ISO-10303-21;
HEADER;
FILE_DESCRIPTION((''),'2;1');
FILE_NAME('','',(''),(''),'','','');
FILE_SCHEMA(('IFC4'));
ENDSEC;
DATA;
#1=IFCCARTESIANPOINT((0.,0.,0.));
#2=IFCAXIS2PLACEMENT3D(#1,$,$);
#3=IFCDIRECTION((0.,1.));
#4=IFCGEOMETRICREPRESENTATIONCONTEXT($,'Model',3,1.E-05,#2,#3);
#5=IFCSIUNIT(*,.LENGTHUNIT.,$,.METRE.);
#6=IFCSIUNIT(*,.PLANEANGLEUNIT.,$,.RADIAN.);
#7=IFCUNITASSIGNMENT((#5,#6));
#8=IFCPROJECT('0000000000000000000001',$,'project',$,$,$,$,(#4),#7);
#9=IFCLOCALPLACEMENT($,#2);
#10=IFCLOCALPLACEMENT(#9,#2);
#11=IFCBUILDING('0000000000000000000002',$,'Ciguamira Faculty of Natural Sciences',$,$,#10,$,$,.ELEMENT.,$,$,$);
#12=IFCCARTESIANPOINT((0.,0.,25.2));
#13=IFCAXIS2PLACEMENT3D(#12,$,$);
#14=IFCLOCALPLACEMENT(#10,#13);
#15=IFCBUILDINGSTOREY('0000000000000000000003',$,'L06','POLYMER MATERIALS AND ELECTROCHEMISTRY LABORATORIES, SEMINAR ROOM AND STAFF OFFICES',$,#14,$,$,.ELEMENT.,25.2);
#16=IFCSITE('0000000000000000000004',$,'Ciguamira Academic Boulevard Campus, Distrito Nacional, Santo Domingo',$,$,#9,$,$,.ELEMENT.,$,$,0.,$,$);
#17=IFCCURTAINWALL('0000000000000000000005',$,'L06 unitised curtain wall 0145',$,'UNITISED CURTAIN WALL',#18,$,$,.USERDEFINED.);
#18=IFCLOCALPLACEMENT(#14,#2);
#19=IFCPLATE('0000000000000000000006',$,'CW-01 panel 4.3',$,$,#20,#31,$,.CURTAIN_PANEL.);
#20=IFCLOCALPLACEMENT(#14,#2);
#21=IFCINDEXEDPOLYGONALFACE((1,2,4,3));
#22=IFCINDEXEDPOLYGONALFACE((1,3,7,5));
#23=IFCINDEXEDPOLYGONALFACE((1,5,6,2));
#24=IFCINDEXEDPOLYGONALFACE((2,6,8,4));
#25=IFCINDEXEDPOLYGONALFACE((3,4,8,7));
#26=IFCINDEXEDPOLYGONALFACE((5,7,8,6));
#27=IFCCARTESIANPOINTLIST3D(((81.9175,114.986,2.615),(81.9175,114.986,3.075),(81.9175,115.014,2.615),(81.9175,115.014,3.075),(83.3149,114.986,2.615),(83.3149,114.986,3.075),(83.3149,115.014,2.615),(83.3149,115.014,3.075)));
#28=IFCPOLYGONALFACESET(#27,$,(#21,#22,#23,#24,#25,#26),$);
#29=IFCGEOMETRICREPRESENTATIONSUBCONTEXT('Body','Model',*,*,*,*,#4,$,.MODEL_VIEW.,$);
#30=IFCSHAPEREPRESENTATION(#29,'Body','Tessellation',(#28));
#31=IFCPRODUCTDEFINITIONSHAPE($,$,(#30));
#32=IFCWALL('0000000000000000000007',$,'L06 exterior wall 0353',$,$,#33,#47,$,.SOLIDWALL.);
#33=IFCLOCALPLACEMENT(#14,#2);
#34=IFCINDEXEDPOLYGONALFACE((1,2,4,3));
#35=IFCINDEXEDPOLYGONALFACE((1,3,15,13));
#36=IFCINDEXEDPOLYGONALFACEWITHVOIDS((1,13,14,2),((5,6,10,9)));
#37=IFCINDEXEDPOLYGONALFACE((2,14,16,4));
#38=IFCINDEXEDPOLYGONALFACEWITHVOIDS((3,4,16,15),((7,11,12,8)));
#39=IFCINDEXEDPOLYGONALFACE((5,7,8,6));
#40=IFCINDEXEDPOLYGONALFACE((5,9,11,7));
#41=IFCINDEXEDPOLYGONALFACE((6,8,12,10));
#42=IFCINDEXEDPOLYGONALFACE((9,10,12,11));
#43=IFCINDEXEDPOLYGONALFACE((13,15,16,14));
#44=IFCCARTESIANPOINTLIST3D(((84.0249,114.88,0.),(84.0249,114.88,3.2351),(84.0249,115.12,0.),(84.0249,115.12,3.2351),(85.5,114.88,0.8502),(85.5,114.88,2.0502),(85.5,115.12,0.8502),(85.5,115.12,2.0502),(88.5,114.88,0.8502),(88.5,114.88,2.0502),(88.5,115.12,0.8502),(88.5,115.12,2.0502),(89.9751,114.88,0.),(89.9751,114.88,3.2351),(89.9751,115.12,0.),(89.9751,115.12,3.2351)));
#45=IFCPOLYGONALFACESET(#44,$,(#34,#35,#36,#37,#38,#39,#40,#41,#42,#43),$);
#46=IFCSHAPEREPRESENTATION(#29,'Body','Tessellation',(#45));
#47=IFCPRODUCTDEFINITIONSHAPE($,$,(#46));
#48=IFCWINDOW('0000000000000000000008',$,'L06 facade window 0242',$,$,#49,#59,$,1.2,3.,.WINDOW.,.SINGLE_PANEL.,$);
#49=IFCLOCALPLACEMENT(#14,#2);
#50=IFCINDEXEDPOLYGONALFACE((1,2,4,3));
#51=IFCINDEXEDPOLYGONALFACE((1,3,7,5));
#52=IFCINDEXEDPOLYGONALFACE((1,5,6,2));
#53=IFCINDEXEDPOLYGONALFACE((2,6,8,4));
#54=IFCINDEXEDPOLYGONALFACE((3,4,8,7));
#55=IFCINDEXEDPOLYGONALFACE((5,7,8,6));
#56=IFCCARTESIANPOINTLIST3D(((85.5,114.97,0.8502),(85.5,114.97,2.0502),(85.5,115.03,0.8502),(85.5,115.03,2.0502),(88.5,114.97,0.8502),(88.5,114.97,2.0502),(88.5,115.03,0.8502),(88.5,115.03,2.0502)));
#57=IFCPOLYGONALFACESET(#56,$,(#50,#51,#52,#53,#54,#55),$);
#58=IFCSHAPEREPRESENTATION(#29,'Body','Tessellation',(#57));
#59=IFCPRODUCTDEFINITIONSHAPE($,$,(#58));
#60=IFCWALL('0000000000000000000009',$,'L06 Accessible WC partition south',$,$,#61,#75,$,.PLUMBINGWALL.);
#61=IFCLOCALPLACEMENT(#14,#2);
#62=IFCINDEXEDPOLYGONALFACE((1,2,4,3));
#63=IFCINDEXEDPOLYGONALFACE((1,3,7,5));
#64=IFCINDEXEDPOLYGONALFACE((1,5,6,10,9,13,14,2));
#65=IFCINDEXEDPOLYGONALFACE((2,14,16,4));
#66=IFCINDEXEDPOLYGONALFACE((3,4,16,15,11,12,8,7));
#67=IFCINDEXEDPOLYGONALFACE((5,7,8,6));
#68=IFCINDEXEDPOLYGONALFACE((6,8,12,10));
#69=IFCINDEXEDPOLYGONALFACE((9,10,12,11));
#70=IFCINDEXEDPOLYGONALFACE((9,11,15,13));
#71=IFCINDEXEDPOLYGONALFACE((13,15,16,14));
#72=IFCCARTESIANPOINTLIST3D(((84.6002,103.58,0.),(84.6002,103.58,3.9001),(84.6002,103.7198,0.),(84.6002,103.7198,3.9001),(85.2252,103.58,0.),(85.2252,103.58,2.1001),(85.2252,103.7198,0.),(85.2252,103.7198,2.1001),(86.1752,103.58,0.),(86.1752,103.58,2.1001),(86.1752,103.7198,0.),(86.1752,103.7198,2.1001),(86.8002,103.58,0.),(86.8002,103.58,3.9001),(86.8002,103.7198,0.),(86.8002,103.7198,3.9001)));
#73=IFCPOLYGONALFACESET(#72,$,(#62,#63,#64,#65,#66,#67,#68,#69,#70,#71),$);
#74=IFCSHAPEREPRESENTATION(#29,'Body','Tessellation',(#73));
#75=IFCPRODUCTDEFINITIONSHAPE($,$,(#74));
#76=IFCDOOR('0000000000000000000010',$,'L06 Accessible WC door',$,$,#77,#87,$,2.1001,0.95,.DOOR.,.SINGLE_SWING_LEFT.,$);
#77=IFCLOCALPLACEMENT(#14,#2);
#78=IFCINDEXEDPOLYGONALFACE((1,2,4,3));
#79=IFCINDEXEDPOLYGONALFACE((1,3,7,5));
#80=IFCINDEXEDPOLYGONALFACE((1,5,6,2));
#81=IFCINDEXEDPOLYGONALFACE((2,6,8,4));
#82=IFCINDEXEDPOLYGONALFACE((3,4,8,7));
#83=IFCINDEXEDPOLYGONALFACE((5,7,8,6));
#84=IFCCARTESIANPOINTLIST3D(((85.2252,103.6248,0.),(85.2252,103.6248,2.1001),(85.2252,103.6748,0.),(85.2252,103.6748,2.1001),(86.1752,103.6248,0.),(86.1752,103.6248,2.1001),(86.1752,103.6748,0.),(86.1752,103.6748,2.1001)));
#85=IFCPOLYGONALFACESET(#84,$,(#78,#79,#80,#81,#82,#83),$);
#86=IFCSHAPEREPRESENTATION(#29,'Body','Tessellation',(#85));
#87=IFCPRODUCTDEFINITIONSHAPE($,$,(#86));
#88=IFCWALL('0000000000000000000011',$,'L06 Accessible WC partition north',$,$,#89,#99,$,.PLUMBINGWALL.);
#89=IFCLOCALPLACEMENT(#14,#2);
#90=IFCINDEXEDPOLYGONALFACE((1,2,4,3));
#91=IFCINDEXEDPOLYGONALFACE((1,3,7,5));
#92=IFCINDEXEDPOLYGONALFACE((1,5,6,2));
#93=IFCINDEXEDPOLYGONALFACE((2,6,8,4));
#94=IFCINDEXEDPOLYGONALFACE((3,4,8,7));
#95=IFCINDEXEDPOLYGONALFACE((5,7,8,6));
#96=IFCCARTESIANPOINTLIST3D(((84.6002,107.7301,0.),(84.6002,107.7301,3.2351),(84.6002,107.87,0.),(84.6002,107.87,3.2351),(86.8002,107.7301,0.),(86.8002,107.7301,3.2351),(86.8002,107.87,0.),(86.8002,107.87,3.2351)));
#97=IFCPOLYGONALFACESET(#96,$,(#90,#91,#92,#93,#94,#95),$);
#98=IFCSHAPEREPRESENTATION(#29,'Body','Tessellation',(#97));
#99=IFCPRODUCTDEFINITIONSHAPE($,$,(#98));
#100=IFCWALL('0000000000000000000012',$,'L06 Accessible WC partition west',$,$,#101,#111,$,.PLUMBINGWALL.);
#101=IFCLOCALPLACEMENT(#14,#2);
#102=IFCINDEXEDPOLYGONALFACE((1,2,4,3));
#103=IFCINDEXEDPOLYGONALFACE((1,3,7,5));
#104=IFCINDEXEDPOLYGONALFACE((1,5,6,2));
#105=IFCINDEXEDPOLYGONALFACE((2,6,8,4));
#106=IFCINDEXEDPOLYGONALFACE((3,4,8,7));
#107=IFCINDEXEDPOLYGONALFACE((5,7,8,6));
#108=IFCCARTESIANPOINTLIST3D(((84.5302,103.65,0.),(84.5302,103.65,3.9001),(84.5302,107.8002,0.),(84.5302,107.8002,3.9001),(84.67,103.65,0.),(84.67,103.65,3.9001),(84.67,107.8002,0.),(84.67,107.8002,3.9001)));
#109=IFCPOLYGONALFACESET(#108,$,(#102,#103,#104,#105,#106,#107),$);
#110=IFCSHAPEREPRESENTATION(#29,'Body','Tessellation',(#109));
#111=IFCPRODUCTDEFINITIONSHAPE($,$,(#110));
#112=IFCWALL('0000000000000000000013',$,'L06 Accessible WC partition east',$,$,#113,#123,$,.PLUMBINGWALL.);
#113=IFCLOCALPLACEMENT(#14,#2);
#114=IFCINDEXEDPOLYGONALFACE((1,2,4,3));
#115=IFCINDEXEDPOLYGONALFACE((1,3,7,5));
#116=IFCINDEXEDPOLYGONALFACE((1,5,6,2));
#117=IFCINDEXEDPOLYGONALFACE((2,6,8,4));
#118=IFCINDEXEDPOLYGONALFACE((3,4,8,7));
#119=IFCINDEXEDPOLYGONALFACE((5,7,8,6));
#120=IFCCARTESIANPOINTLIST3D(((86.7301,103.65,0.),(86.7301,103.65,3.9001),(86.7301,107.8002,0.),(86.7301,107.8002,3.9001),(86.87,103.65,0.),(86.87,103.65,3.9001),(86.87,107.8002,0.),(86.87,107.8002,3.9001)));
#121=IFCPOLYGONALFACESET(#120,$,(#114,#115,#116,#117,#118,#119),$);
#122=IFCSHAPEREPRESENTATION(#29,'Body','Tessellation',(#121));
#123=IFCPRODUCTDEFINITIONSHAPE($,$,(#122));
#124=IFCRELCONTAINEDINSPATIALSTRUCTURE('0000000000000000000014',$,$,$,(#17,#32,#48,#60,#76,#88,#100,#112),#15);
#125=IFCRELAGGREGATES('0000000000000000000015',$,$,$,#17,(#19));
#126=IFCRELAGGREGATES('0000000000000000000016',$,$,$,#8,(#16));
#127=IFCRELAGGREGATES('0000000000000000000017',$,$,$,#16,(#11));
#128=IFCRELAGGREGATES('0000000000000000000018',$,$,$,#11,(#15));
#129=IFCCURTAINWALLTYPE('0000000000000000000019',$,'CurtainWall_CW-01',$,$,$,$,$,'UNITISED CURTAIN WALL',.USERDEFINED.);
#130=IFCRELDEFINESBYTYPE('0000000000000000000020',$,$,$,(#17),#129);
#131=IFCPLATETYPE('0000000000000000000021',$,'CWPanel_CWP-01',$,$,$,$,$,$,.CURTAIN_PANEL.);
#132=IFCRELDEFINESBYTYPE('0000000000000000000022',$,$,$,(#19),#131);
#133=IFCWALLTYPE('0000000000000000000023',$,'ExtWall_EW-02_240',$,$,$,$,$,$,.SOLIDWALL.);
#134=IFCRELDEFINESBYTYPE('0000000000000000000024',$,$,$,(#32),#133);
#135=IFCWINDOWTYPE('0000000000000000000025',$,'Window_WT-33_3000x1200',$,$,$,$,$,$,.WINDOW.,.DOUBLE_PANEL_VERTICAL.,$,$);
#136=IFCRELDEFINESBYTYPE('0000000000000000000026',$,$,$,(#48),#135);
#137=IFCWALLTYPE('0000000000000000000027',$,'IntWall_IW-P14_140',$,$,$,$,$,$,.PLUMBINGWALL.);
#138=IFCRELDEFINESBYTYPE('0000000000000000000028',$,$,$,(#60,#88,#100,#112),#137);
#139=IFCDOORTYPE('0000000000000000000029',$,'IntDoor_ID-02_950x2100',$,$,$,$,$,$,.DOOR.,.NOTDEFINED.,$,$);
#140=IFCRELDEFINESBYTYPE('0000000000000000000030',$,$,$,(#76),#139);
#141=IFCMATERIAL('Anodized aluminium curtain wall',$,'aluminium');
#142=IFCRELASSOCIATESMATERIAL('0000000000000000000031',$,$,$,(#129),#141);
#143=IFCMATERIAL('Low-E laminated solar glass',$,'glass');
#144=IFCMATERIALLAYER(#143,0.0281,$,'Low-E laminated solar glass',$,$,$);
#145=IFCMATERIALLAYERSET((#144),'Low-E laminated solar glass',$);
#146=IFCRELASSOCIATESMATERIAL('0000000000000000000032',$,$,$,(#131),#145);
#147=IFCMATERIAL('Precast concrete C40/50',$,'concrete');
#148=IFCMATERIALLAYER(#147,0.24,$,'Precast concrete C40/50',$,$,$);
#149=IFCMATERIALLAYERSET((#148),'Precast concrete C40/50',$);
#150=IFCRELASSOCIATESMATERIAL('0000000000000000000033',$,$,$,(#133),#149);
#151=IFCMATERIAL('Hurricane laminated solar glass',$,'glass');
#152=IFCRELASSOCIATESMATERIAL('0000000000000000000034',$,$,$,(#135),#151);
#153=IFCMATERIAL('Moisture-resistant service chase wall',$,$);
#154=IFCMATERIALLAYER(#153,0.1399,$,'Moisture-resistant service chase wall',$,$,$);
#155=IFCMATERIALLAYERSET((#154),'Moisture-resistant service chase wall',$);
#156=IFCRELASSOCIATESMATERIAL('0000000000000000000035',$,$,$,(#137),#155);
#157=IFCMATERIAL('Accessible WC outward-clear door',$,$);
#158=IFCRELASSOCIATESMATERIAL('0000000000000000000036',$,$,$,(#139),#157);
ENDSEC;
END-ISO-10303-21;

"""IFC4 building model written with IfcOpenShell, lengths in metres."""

from ifc_helpers import new_model, si_unit, direction, frame, frame_2d, origin, origin_2d, place, context, subcontext, project, spatial, rectangle, extrude, material, layer, layer_set, type_object, element, fill, aggregate, save


model = new_model("IFC4")

# Units and contexts
model_context = context("Model", 3, precision=1e-05, world=origin(), true_north=direction((0.0, 1.0)))
body_context = subcontext(model_context, "Body", "Model", "MODEL_VIEW")
ifc_project = project(units=[si_unit("LENGTHUNIT", "METRE"), si_unit("PLANEANGLEUNIT", "RADIAN")], contexts=[model_context])

# Site, building, storey
site_placement = place(None, origin())
site = spatial("IfcSite", under=ifc_project, at=site_placement, Name="Ciguamira Academic Boulevard Campus, Distrito Nacional, Santo Domingo", CompositionType="ELEMENT", RefElevation=0.0)
building_placement = place(site_placement, origin())
building = spatial("IfcBuilding", under=site, at=building_placement, Name="Ciguamira Faculty of Natural Sciences", CompositionType="ELEMENT")
storey_placement = place(building_placement, frame((0.0, 0.0, 25.2)))
storey = spatial("IfcBuildingStorey", under=building, at=storey_placement, Name="L06", Description="POLYMER MATERIALS AND ELECTROCHEMISTRY LABORATORIES, SEMINAR ROOM AND STAFF OFFICES", CompositionType="ELEMENT", Elevation=25.2)

# Curtain wall
ifc_material_1 = material(Name="Anodized aluminium curtain wall", Category="aluminium")
curtain_wall_type = type_object("IfcCurtainWallType", Name="CurtainWall_CW-01", ElementType="UNITISED CURTAIN WALL", PredefinedType="USERDEFINED", material=ifc_material_1)
curtain_wall_placement = place(storey_placement, origin())
curtain_wall = element("IfcCurtainWall", 1, at=curtain_wall_placement, inside=storey, type_object=curtain_wall_type, Name="L06 unitised curtain wall 0145", ObjectType="UNITISED CURTAIN WALL", PredefinedType="USERDEFINED")

# Plate
ifc_material_2 = material(Name="Low-E laminated solar glass", Category="glass")
ifc_layer_1 = layer(ifc_material_2, 0.0281, Name="Low-E laminated solar glass")
ifc_layer_set_1 = layer_set([ifc_layer_1], Name="Low-E laminated solar glass")
plate_type = type_object("IfcPlateType", Name="CWPanel_CWP-01", PredefinedType="CURTAIN_PANEL", material=ifc_layer_set_1)
plate_1_placement = place(storey_placement, frame((82.6162, 115.0, 2.615), z_axis=(0.0, 0.0, 1.0), x_axis=(1.0, 0.0, 0.0)))
plate_1 = element("IfcPlate", 2, at=plate_1_placement, type_object=plate_type, Name="CW-01 panel 4.3", PredefinedType="CURTAIN_PANEL", context=body_context, shape_type="SweptSolid", body=[
    extrude(rectangle(XDim=1.3975, YDim=0.0281, at=origin_2d()), origin(), (0.0, 0.0, 1.0), 0.46),
])
aggregate(curtain_wall, [plate_1])

# Wall, opening, window
ifc_material_3 = material(Name="Precast concrete C40/50", Category="concrete")
ifc_layer_2 = layer(ifc_material_3, 0.24, Name="Precast concrete C40/50")
ifc_layer_set_2 = layer_set([ifc_layer_2], Name="Precast concrete C40/50")
wall_type_1 = type_object("IfcWallType", Name="ExtWall_EW-02_240", PredefinedType="SOLIDWALL", material=ifc_layer_set_2)
wall_1_placement = place(storey_placement, frame((84.0249, 115.0, 0.0), z_axis=(0.0, 0.0, 1.0), x_axis=(1.0, 0.0, 0.0)))
wall_1 = element("IfcWall", 3, at=wall_1_placement, inside=storey, type_object=wall_type_1, Name="L06 exterior wall 0353", PredefinedType="SOLIDWALL", context=body_context, shape_type="SweptSolid", body=[
    extrude(rectangle(XDim=5.9502, YDim=0.24, at=frame_2d((2.9751, 0.0))), origin(), (0.0, 0.0, 1.0), 3.2351),
])
opening_1_placement = place(wall_1_placement, frame((1.4751, 0.0, 0.8501)))
opening_1 = element("IfcOpeningElement", 4, at=opening_1_placement, cuts=wall_1, PredefinedType="OPENING", context=body_context, shape_type="SweptSolid", body=[
    extrude(rectangle(XDim=3.0, YDim=1.2, at=frame_2d((1.5, 0.6001))), frame((0.0, 0.1299, 0.0), z_axis=(0.0, -1.0, 0.0), x_axis=(1.0, 0.0, 0.0)), (0.0, 0.0, 1.0), 0.26),
])
ifc_material_4 = material(Name="Hurricane laminated solar glass", Category="glass")
window_type = type_object("IfcWindowType", Name="Window_WT-33_3000x1200", PartitioningType="DOUBLE_PANEL_VERTICAL", PredefinedType="WINDOW", material=ifc_material_4)
window_placement = place(opening_1_placement, origin())
window = element("IfcWindow", 5, at=window_placement, inside=storey, type_object=window_type, Name="L06 facade window 0242", OverallHeight=1.2, OverallWidth=3.0, PartitioningType="SINGLE_PANEL", PredefinedType="WINDOW", context=body_context, shape_type="SweptSolid", body=[
    extrude(rectangle(XDim=3.0, YDim=1.2, at=frame_2d((1.5, 0.6001))), frame((0.0, 0.03, 0.0), z_axis=(0.0, -1.0, 0.0), x_axis=(1.0, 0.0, 0.0)), (0.0, 0.0, 1.0), 0.0601),
])
fill(opening_1, window)

# Wall, opening, door
ifc_material_5 = material(Name="Moisture-resistant service chase wall")
ifc_layer_3 = layer(ifc_material_5, 0.1399, Name="Moisture-resistant service chase wall")
ifc_layer_set_3 = layer_set([ifc_layer_3], Name="Moisture-resistant service chase wall")
wall_type_2 = type_object("IfcWallType", Name="IntWall_IW-P14_140", PredefinedType="PLUMBINGWALL", material=ifc_layer_set_3)
wall_2_placement = place(storey_placement, frame((84.6001, 103.6499, 0.0), z_axis=(0.0, 0.0, 1.0), x_axis=(1.0, 0.0, 0.0)))
wall_2 = element("IfcWall", 6, at=wall_2_placement, inside=storey, type_object=wall_type_2, Name="L06 Accessible WC partition south", PredefinedType="PLUMBINGWALL", context=body_context, shape_type="SweptSolid", body=[
    extrude(rectangle(XDim=2.2, YDim=0.1399, at=frame_2d((1.1001, 0.0))), origin(), (0.0, 0.0, 1.0), 3.9001),
])
opening_2_placement = place(wall_2_placement, frame((0.625, 0.0, 0.0)))
opening_2 = element("IfcOpeningElement", 7, at=opening_2_placement, cuts=wall_2, PredefinedType="OPENING", context=body_context, shape_type="SweptSolid", body=[
    extrude(rectangle(XDim=0.95, YDim=2.1001, at=frame_2d((0.4751, 1.05))), frame((0.0, 0.0798, 0.0), z_axis=(0.0, -1.0, 0.0), x_axis=(1.0, 0.0, 0.0)), (0.0, 0.0, 1.0), 0.1599),
])
ifc_material_6 = material(Name="Accessible WC outward-clear door")
door_type = type_object("IfcDoorType", Name="IntDoor_ID-02_950x2100", OperationType="NOTDEFINED", PredefinedType="DOOR", material=ifc_material_6)
door_placement = place(opening_2_placement, origin())
door = element("IfcDoor", 8, at=door_placement, inside=storey, type_object=door_type, Name="L06 Accessible WC door", OperationType="SINGLE_SWING_LEFT", OverallHeight=2.1001, OverallWidth=0.95, PredefinedType="DOOR", context=body_context, shape_type="SweptSolid", body=[
    extrude(rectangle(XDim=0.95, YDim=2.1001, at=frame_2d((0.4751, 1.05))), frame((0.0, 0.0249, 0.0), z_axis=(0.0, -1.0, 0.0), x_axis=(1.0, 0.0, 0.0)), (0.0, 0.0, 1.0), 0.05),
])
fill(opening_2, door)

# Walls
wall_3_placement = place(storey_placement, frame((84.6001, 107.8, 0.0), z_axis=(0.0, 0.0, 1.0), x_axis=(1.0, 0.0, 0.0)))
element("IfcWall", 9, at=wall_3_placement, inside=storey, type_object=wall_type_2, Name="L06 Accessible WC partition north", PredefinedType="PLUMBINGWALL", context=body_context, shape_type="SweptSolid", body=[
    extrude(rectangle(XDim=2.2, YDim=0.1399, at=frame_2d((1.1001, 0.0))), origin(), (0.0, 0.0, 1.0), 3.2351),
])
for number, where, z_axis, x_axis, name in (
    (10, (84.6001, 103.6499, 0.0), (0.0, 0.0, 1.0), (0.0, 1.0, 0.0), "L06 Accessible WC partition west"),
    (11, (86.8, 103.6499, 0.0), (0.0, 0.0, 1.0), (0.0, 1.0, 0.0), "L06 Accessible WC partition east"),
):
    element("IfcWall", number, at=place(storey_placement, frame(where, z_axis=z_axis, x_axis=x_axis)), inside=storey, type_object=wall_type_2, Name=name, PredefinedType="PLUMBINGWALL", context=body_context, shape_type="SweptSolid", body=[
        extrude(rectangle(XDim=4.1501, YDim=0.1399, at=frame_2d((2.0752, 0.0))), origin(), (0.0, 0.0, 1.0), 3.9001),
    ])

save(model, "model.ifc")
